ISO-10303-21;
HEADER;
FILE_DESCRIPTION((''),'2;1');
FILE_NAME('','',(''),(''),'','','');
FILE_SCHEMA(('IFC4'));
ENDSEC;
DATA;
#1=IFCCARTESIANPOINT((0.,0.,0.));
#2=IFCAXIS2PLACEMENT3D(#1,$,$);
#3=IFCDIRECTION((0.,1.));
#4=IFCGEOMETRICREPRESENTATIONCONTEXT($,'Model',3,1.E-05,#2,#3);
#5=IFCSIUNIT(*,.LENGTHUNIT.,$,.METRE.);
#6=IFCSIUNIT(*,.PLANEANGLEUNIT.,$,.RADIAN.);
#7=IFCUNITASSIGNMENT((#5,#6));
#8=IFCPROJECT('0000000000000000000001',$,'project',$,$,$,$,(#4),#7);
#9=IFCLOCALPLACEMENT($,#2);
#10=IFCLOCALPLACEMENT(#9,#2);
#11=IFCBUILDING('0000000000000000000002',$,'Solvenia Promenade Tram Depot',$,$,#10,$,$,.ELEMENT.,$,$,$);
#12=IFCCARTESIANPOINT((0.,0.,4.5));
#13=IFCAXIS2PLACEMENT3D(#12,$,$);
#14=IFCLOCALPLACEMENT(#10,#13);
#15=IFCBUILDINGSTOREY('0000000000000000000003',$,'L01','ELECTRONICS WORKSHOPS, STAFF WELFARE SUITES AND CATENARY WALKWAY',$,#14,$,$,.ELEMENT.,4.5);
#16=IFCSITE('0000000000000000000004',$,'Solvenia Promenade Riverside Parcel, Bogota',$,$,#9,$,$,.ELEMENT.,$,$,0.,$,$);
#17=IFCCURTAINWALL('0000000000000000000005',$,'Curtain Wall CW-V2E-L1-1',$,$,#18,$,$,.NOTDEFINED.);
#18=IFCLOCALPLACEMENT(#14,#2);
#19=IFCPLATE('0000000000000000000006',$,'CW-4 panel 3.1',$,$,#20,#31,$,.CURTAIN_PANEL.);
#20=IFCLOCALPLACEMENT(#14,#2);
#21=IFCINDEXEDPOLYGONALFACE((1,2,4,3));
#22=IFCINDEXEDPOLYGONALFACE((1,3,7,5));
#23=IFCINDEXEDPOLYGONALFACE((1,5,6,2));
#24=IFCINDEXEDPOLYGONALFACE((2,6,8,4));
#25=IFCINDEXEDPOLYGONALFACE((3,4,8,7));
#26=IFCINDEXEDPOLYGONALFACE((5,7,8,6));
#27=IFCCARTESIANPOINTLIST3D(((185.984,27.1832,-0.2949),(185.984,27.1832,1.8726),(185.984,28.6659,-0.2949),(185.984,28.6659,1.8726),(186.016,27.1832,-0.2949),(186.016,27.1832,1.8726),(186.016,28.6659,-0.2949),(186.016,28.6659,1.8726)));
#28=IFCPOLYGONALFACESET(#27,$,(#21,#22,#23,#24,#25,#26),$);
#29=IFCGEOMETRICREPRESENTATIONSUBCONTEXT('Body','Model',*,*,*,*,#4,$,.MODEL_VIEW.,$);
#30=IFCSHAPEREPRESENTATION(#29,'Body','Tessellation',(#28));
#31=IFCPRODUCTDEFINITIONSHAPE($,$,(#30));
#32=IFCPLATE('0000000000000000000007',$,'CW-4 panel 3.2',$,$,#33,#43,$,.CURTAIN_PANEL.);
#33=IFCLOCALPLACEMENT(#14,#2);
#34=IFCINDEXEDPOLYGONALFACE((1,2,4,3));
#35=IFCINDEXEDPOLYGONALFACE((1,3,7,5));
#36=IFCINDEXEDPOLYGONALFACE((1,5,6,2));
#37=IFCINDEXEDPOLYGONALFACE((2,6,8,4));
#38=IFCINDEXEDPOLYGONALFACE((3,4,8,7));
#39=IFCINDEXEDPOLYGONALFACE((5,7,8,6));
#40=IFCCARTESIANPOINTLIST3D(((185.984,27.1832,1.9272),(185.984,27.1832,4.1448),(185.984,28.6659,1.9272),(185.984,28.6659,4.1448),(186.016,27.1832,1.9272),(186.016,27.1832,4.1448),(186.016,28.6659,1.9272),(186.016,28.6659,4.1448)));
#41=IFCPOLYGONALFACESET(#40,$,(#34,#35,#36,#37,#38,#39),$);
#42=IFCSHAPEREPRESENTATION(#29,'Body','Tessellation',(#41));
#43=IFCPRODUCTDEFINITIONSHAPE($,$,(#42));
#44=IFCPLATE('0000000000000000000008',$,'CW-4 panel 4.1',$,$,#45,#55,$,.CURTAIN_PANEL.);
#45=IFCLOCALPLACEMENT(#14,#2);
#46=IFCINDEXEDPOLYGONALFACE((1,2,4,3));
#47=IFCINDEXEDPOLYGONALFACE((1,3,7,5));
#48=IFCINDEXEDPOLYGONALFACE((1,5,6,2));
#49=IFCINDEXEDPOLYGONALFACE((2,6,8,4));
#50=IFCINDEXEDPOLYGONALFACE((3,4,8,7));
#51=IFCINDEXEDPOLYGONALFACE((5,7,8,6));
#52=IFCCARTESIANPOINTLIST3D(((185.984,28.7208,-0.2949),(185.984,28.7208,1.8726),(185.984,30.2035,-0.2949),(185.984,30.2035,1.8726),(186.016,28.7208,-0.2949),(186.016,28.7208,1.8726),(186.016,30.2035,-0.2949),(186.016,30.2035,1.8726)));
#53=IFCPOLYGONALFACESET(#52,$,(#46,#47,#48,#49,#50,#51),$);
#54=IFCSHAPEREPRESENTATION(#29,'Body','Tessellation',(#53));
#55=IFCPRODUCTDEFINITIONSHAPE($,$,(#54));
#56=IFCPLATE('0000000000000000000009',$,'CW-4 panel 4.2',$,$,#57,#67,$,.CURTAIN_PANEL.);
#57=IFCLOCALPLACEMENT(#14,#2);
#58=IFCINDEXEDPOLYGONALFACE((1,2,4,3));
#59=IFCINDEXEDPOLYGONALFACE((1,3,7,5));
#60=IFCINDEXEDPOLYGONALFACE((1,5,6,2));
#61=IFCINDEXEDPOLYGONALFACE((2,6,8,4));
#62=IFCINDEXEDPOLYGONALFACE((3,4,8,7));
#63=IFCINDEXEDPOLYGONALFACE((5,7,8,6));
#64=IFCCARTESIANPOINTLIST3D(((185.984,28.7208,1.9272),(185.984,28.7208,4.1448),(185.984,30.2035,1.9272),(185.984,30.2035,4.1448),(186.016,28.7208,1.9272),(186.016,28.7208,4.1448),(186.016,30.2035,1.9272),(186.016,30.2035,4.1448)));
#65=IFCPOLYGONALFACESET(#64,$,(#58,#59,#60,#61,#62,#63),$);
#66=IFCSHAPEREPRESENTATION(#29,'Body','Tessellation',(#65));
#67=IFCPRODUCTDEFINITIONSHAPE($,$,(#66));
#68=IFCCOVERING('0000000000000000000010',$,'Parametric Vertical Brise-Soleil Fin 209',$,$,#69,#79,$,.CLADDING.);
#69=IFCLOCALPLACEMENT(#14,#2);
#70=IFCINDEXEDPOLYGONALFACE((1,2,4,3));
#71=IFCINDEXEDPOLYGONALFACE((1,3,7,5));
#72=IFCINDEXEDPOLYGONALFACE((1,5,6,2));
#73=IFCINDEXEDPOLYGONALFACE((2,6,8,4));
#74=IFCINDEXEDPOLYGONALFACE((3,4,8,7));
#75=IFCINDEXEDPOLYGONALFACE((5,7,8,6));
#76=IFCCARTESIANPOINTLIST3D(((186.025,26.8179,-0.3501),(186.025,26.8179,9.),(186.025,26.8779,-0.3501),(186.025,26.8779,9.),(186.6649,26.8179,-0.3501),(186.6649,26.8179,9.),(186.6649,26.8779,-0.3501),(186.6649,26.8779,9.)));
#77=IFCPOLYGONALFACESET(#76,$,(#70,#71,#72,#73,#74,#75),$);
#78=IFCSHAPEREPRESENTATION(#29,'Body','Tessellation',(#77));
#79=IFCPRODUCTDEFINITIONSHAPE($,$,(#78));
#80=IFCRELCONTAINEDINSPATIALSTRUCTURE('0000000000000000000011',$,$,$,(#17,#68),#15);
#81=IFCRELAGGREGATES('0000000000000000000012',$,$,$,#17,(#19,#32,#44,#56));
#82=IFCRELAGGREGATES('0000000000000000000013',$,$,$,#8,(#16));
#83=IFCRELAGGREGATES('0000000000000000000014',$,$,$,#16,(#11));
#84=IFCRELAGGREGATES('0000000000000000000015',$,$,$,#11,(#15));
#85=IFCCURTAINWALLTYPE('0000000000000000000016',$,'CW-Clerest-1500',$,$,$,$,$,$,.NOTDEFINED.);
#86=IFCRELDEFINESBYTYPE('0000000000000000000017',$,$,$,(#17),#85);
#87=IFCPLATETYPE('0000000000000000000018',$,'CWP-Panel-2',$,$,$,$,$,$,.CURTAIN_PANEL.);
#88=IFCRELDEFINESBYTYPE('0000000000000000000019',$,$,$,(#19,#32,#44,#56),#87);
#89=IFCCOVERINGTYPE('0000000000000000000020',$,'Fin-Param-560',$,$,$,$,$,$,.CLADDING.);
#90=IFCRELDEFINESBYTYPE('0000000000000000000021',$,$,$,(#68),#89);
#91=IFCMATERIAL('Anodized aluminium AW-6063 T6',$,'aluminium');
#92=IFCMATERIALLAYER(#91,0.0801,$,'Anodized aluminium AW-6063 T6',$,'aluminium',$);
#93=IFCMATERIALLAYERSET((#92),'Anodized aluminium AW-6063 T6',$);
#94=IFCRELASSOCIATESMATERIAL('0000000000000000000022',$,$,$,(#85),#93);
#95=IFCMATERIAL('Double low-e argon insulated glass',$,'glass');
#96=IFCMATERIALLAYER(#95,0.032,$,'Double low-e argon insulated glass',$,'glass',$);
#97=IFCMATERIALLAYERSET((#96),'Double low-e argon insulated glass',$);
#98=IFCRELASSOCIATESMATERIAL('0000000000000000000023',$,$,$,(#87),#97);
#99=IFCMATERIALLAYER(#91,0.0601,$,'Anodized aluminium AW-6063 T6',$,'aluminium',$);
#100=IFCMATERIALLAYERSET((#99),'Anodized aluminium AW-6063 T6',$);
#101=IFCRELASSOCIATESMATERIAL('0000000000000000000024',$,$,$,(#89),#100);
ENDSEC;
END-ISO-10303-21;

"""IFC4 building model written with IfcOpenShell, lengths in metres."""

from ifc_helpers import new_model, si_unit, direction, frame, origin, origin_2d, place, context, subcontext, project, spatial, rectangle, extrude, material, layer, layer_set, type_object, element, aggregate, save


model = new_model("IFC4")

# Units and contexts
model_context = context("Model", 3, precision=1e-05, world=origin(), true_north=direction((0.0, 1.0)))
body_context = subcontext(model_context, "Body", "Model", "MODEL_VIEW")
ifc_project = project(units=[si_unit("LENGTHUNIT", "METRE"), si_unit("PLANEANGLEUNIT", "RADIAN")], contexts=[model_context])

# Site, building, storey
site_placement = place(None, origin())
site = spatial("IfcSite", under=ifc_project, at=site_placement, Name="Solvenia Promenade Riverside Parcel, Bogota", CompositionType="ELEMENT", RefElevation=0.0)
building_placement = place(site_placement, origin())
building = spatial("IfcBuilding", under=site, at=building_placement, Name="Solvenia Promenade Tram Depot", CompositionType="ELEMENT")
storey_placement = place(building_placement, frame((0.0, 0.0, 4.5)))
storey = spatial("IfcBuildingStorey", under=building, at=storey_placement, Name="L01", Description="ELECTRONICS WORKSHOPS, STAFF WELFARE SUITES AND CATENARY WALKWAY", CompositionType="ELEMENT", Elevation=4.5)

# Curtain wall
ifc_material_1 = material(Name="Anodized aluminium AW-6063 T6", Category="aluminium")
ifc_layer_1 = layer(ifc_material_1, 0.0801, Name="Anodized aluminium AW-6063 T6", Category="aluminium")
ifc_layer_set_1 = layer_set([ifc_layer_1], Name="Anodized aluminium AW-6063 T6")
curtain_wall_type = type_object("IfcCurtainWallType", Name="CW-Clerest-1500", PredefinedType="NOTDEFINED", material=ifc_layer_set_1)
curtain_wall_placement = place(storey_placement, origin())
curtain_wall = element("IfcCurtainWall", 1, at=curtain_wall_placement, inside=storey, type_object=curtain_wall_type, Name="Curtain Wall CW-V2E-L1-1", PredefinedType="NOTDEFINED")

# Plates
ifc_material_2 = material(Name="Double low-e argon insulated glass", Category="glass")
ifc_layer_2 = layer(ifc_material_2, 0.032, Name="Double low-e argon insulated glass", Category="glass")
ifc_layer_set_2 = layer_set([ifc_layer_2], Name="Double low-e argon insulated glass")
plate_type = type_object("IfcPlateType", Name="CWP-Panel-2", PredefinedType="CURTAIN_PANEL", material=ifc_layer_set_2)
plate_1_placement = place(storey_placement, frame((186.0, 27.9246, -0.2949), z_axis=(0.0, 0.0, 1.0), x_axis=(0.0, 1.0, 0.0)))
plate_1 = element("IfcPlate", 2, at=plate_1_placement, type_object=plate_type, Name="CW-4 panel 3.1", PredefinedType="CURTAIN_PANEL", context=body_context, shape_type="SweptSolid", body=[
    extrude(rectangle(XDim=1.4827, YDim=0.032, at=origin_2d()), origin(), (0.0, 0.0, 1.0), 2.1675),
])
plate_2_placement = place(storey_placement, frame((186.0, 27.9246, 1.9272), z_axis=(0.0, 0.0, 1.0), x_axis=(0.0, 1.0, 0.0)))
plate_2 = element("IfcPlate", 3, at=plate_2_placement, type_object=plate_type, Name="CW-4 panel 3.2", PredefinedType="CURTAIN_PANEL", context=body_context, shape_type="SweptSolid", body=[
    extrude(rectangle(XDim=1.4827, YDim=0.032, at=origin_2d()), origin(), (0.0, 0.0, 1.0), 2.2175),
])
plate_3_placement = place(storey_placement, frame((186.0, 29.4622, -0.2949), z_axis=(0.0, 0.0, 1.0), x_axis=(0.0, 1.0, 0.0)))
plate_3 = element("IfcPlate", 4, at=plate_3_placement, type_object=plate_type, Name="CW-4 panel 4.1", PredefinedType="CURTAIN_PANEL", context=body_context, shape_type="SweptSolid", body=[
    extrude(rectangle(XDim=1.4827, YDim=0.032, at=origin_2d()), origin(), (0.0, 0.0, 1.0), 2.1675),
])
plate_4_placement = place(storey_placement, frame((186.0, 29.4622, 1.9272), z_axis=(0.0, 0.0, 1.0), x_axis=(0.0, 1.0, 0.0)))
plate_4 = element("IfcPlate", 5, at=plate_4_placement, type_object=plate_type, Name="CW-4 panel 4.2", PredefinedType="CURTAIN_PANEL", context=body_context, shape_type="SweptSolid", body=[
    extrude(rectangle(XDim=1.4827, YDim=0.032, at=origin_2d()), origin(), (0.0, 0.0, 1.0), 2.2175),
])
aggregate(curtain_wall, [plate_1, plate_2, plate_3, plate_4])

# Covering
ifc_layer_3 = layer(ifc_material_1, 0.0601, Name="Anodized aluminium AW-6063 T6", Category="aluminium")
ifc_layer_set_3 = layer_set([ifc_layer_3], Name="Anodized aluminium AW-6063 T6")
covering_type = type_object("IfcCoveringType", Name="Fin-Param-560", PredefinedType="CLADDING", material=ifc_layer_set_3)
covering_placement = place(storey_placement, frame((186.345, 26.8479, -0.3501), z_axis=(0.0, 0.0, 1.0), x_axis=(0.0, 1.0, 0.0)))
element("IfcCovering", 6, at=covering_placement, inside=storey, type_object=covering_type, Name="Parametric Vertical Brise-Soleil Fin 209", PredefinedType="CLADDING", context=body_context, shape_type="SweptSolid", body=[
    extrude(rectangle(XDim=0.0601, YDim=0.6399, at=origin_2d()), origin(), (0.0, 0.0, 1.0), 9.3501),
])

save(model, "model.ifc")
